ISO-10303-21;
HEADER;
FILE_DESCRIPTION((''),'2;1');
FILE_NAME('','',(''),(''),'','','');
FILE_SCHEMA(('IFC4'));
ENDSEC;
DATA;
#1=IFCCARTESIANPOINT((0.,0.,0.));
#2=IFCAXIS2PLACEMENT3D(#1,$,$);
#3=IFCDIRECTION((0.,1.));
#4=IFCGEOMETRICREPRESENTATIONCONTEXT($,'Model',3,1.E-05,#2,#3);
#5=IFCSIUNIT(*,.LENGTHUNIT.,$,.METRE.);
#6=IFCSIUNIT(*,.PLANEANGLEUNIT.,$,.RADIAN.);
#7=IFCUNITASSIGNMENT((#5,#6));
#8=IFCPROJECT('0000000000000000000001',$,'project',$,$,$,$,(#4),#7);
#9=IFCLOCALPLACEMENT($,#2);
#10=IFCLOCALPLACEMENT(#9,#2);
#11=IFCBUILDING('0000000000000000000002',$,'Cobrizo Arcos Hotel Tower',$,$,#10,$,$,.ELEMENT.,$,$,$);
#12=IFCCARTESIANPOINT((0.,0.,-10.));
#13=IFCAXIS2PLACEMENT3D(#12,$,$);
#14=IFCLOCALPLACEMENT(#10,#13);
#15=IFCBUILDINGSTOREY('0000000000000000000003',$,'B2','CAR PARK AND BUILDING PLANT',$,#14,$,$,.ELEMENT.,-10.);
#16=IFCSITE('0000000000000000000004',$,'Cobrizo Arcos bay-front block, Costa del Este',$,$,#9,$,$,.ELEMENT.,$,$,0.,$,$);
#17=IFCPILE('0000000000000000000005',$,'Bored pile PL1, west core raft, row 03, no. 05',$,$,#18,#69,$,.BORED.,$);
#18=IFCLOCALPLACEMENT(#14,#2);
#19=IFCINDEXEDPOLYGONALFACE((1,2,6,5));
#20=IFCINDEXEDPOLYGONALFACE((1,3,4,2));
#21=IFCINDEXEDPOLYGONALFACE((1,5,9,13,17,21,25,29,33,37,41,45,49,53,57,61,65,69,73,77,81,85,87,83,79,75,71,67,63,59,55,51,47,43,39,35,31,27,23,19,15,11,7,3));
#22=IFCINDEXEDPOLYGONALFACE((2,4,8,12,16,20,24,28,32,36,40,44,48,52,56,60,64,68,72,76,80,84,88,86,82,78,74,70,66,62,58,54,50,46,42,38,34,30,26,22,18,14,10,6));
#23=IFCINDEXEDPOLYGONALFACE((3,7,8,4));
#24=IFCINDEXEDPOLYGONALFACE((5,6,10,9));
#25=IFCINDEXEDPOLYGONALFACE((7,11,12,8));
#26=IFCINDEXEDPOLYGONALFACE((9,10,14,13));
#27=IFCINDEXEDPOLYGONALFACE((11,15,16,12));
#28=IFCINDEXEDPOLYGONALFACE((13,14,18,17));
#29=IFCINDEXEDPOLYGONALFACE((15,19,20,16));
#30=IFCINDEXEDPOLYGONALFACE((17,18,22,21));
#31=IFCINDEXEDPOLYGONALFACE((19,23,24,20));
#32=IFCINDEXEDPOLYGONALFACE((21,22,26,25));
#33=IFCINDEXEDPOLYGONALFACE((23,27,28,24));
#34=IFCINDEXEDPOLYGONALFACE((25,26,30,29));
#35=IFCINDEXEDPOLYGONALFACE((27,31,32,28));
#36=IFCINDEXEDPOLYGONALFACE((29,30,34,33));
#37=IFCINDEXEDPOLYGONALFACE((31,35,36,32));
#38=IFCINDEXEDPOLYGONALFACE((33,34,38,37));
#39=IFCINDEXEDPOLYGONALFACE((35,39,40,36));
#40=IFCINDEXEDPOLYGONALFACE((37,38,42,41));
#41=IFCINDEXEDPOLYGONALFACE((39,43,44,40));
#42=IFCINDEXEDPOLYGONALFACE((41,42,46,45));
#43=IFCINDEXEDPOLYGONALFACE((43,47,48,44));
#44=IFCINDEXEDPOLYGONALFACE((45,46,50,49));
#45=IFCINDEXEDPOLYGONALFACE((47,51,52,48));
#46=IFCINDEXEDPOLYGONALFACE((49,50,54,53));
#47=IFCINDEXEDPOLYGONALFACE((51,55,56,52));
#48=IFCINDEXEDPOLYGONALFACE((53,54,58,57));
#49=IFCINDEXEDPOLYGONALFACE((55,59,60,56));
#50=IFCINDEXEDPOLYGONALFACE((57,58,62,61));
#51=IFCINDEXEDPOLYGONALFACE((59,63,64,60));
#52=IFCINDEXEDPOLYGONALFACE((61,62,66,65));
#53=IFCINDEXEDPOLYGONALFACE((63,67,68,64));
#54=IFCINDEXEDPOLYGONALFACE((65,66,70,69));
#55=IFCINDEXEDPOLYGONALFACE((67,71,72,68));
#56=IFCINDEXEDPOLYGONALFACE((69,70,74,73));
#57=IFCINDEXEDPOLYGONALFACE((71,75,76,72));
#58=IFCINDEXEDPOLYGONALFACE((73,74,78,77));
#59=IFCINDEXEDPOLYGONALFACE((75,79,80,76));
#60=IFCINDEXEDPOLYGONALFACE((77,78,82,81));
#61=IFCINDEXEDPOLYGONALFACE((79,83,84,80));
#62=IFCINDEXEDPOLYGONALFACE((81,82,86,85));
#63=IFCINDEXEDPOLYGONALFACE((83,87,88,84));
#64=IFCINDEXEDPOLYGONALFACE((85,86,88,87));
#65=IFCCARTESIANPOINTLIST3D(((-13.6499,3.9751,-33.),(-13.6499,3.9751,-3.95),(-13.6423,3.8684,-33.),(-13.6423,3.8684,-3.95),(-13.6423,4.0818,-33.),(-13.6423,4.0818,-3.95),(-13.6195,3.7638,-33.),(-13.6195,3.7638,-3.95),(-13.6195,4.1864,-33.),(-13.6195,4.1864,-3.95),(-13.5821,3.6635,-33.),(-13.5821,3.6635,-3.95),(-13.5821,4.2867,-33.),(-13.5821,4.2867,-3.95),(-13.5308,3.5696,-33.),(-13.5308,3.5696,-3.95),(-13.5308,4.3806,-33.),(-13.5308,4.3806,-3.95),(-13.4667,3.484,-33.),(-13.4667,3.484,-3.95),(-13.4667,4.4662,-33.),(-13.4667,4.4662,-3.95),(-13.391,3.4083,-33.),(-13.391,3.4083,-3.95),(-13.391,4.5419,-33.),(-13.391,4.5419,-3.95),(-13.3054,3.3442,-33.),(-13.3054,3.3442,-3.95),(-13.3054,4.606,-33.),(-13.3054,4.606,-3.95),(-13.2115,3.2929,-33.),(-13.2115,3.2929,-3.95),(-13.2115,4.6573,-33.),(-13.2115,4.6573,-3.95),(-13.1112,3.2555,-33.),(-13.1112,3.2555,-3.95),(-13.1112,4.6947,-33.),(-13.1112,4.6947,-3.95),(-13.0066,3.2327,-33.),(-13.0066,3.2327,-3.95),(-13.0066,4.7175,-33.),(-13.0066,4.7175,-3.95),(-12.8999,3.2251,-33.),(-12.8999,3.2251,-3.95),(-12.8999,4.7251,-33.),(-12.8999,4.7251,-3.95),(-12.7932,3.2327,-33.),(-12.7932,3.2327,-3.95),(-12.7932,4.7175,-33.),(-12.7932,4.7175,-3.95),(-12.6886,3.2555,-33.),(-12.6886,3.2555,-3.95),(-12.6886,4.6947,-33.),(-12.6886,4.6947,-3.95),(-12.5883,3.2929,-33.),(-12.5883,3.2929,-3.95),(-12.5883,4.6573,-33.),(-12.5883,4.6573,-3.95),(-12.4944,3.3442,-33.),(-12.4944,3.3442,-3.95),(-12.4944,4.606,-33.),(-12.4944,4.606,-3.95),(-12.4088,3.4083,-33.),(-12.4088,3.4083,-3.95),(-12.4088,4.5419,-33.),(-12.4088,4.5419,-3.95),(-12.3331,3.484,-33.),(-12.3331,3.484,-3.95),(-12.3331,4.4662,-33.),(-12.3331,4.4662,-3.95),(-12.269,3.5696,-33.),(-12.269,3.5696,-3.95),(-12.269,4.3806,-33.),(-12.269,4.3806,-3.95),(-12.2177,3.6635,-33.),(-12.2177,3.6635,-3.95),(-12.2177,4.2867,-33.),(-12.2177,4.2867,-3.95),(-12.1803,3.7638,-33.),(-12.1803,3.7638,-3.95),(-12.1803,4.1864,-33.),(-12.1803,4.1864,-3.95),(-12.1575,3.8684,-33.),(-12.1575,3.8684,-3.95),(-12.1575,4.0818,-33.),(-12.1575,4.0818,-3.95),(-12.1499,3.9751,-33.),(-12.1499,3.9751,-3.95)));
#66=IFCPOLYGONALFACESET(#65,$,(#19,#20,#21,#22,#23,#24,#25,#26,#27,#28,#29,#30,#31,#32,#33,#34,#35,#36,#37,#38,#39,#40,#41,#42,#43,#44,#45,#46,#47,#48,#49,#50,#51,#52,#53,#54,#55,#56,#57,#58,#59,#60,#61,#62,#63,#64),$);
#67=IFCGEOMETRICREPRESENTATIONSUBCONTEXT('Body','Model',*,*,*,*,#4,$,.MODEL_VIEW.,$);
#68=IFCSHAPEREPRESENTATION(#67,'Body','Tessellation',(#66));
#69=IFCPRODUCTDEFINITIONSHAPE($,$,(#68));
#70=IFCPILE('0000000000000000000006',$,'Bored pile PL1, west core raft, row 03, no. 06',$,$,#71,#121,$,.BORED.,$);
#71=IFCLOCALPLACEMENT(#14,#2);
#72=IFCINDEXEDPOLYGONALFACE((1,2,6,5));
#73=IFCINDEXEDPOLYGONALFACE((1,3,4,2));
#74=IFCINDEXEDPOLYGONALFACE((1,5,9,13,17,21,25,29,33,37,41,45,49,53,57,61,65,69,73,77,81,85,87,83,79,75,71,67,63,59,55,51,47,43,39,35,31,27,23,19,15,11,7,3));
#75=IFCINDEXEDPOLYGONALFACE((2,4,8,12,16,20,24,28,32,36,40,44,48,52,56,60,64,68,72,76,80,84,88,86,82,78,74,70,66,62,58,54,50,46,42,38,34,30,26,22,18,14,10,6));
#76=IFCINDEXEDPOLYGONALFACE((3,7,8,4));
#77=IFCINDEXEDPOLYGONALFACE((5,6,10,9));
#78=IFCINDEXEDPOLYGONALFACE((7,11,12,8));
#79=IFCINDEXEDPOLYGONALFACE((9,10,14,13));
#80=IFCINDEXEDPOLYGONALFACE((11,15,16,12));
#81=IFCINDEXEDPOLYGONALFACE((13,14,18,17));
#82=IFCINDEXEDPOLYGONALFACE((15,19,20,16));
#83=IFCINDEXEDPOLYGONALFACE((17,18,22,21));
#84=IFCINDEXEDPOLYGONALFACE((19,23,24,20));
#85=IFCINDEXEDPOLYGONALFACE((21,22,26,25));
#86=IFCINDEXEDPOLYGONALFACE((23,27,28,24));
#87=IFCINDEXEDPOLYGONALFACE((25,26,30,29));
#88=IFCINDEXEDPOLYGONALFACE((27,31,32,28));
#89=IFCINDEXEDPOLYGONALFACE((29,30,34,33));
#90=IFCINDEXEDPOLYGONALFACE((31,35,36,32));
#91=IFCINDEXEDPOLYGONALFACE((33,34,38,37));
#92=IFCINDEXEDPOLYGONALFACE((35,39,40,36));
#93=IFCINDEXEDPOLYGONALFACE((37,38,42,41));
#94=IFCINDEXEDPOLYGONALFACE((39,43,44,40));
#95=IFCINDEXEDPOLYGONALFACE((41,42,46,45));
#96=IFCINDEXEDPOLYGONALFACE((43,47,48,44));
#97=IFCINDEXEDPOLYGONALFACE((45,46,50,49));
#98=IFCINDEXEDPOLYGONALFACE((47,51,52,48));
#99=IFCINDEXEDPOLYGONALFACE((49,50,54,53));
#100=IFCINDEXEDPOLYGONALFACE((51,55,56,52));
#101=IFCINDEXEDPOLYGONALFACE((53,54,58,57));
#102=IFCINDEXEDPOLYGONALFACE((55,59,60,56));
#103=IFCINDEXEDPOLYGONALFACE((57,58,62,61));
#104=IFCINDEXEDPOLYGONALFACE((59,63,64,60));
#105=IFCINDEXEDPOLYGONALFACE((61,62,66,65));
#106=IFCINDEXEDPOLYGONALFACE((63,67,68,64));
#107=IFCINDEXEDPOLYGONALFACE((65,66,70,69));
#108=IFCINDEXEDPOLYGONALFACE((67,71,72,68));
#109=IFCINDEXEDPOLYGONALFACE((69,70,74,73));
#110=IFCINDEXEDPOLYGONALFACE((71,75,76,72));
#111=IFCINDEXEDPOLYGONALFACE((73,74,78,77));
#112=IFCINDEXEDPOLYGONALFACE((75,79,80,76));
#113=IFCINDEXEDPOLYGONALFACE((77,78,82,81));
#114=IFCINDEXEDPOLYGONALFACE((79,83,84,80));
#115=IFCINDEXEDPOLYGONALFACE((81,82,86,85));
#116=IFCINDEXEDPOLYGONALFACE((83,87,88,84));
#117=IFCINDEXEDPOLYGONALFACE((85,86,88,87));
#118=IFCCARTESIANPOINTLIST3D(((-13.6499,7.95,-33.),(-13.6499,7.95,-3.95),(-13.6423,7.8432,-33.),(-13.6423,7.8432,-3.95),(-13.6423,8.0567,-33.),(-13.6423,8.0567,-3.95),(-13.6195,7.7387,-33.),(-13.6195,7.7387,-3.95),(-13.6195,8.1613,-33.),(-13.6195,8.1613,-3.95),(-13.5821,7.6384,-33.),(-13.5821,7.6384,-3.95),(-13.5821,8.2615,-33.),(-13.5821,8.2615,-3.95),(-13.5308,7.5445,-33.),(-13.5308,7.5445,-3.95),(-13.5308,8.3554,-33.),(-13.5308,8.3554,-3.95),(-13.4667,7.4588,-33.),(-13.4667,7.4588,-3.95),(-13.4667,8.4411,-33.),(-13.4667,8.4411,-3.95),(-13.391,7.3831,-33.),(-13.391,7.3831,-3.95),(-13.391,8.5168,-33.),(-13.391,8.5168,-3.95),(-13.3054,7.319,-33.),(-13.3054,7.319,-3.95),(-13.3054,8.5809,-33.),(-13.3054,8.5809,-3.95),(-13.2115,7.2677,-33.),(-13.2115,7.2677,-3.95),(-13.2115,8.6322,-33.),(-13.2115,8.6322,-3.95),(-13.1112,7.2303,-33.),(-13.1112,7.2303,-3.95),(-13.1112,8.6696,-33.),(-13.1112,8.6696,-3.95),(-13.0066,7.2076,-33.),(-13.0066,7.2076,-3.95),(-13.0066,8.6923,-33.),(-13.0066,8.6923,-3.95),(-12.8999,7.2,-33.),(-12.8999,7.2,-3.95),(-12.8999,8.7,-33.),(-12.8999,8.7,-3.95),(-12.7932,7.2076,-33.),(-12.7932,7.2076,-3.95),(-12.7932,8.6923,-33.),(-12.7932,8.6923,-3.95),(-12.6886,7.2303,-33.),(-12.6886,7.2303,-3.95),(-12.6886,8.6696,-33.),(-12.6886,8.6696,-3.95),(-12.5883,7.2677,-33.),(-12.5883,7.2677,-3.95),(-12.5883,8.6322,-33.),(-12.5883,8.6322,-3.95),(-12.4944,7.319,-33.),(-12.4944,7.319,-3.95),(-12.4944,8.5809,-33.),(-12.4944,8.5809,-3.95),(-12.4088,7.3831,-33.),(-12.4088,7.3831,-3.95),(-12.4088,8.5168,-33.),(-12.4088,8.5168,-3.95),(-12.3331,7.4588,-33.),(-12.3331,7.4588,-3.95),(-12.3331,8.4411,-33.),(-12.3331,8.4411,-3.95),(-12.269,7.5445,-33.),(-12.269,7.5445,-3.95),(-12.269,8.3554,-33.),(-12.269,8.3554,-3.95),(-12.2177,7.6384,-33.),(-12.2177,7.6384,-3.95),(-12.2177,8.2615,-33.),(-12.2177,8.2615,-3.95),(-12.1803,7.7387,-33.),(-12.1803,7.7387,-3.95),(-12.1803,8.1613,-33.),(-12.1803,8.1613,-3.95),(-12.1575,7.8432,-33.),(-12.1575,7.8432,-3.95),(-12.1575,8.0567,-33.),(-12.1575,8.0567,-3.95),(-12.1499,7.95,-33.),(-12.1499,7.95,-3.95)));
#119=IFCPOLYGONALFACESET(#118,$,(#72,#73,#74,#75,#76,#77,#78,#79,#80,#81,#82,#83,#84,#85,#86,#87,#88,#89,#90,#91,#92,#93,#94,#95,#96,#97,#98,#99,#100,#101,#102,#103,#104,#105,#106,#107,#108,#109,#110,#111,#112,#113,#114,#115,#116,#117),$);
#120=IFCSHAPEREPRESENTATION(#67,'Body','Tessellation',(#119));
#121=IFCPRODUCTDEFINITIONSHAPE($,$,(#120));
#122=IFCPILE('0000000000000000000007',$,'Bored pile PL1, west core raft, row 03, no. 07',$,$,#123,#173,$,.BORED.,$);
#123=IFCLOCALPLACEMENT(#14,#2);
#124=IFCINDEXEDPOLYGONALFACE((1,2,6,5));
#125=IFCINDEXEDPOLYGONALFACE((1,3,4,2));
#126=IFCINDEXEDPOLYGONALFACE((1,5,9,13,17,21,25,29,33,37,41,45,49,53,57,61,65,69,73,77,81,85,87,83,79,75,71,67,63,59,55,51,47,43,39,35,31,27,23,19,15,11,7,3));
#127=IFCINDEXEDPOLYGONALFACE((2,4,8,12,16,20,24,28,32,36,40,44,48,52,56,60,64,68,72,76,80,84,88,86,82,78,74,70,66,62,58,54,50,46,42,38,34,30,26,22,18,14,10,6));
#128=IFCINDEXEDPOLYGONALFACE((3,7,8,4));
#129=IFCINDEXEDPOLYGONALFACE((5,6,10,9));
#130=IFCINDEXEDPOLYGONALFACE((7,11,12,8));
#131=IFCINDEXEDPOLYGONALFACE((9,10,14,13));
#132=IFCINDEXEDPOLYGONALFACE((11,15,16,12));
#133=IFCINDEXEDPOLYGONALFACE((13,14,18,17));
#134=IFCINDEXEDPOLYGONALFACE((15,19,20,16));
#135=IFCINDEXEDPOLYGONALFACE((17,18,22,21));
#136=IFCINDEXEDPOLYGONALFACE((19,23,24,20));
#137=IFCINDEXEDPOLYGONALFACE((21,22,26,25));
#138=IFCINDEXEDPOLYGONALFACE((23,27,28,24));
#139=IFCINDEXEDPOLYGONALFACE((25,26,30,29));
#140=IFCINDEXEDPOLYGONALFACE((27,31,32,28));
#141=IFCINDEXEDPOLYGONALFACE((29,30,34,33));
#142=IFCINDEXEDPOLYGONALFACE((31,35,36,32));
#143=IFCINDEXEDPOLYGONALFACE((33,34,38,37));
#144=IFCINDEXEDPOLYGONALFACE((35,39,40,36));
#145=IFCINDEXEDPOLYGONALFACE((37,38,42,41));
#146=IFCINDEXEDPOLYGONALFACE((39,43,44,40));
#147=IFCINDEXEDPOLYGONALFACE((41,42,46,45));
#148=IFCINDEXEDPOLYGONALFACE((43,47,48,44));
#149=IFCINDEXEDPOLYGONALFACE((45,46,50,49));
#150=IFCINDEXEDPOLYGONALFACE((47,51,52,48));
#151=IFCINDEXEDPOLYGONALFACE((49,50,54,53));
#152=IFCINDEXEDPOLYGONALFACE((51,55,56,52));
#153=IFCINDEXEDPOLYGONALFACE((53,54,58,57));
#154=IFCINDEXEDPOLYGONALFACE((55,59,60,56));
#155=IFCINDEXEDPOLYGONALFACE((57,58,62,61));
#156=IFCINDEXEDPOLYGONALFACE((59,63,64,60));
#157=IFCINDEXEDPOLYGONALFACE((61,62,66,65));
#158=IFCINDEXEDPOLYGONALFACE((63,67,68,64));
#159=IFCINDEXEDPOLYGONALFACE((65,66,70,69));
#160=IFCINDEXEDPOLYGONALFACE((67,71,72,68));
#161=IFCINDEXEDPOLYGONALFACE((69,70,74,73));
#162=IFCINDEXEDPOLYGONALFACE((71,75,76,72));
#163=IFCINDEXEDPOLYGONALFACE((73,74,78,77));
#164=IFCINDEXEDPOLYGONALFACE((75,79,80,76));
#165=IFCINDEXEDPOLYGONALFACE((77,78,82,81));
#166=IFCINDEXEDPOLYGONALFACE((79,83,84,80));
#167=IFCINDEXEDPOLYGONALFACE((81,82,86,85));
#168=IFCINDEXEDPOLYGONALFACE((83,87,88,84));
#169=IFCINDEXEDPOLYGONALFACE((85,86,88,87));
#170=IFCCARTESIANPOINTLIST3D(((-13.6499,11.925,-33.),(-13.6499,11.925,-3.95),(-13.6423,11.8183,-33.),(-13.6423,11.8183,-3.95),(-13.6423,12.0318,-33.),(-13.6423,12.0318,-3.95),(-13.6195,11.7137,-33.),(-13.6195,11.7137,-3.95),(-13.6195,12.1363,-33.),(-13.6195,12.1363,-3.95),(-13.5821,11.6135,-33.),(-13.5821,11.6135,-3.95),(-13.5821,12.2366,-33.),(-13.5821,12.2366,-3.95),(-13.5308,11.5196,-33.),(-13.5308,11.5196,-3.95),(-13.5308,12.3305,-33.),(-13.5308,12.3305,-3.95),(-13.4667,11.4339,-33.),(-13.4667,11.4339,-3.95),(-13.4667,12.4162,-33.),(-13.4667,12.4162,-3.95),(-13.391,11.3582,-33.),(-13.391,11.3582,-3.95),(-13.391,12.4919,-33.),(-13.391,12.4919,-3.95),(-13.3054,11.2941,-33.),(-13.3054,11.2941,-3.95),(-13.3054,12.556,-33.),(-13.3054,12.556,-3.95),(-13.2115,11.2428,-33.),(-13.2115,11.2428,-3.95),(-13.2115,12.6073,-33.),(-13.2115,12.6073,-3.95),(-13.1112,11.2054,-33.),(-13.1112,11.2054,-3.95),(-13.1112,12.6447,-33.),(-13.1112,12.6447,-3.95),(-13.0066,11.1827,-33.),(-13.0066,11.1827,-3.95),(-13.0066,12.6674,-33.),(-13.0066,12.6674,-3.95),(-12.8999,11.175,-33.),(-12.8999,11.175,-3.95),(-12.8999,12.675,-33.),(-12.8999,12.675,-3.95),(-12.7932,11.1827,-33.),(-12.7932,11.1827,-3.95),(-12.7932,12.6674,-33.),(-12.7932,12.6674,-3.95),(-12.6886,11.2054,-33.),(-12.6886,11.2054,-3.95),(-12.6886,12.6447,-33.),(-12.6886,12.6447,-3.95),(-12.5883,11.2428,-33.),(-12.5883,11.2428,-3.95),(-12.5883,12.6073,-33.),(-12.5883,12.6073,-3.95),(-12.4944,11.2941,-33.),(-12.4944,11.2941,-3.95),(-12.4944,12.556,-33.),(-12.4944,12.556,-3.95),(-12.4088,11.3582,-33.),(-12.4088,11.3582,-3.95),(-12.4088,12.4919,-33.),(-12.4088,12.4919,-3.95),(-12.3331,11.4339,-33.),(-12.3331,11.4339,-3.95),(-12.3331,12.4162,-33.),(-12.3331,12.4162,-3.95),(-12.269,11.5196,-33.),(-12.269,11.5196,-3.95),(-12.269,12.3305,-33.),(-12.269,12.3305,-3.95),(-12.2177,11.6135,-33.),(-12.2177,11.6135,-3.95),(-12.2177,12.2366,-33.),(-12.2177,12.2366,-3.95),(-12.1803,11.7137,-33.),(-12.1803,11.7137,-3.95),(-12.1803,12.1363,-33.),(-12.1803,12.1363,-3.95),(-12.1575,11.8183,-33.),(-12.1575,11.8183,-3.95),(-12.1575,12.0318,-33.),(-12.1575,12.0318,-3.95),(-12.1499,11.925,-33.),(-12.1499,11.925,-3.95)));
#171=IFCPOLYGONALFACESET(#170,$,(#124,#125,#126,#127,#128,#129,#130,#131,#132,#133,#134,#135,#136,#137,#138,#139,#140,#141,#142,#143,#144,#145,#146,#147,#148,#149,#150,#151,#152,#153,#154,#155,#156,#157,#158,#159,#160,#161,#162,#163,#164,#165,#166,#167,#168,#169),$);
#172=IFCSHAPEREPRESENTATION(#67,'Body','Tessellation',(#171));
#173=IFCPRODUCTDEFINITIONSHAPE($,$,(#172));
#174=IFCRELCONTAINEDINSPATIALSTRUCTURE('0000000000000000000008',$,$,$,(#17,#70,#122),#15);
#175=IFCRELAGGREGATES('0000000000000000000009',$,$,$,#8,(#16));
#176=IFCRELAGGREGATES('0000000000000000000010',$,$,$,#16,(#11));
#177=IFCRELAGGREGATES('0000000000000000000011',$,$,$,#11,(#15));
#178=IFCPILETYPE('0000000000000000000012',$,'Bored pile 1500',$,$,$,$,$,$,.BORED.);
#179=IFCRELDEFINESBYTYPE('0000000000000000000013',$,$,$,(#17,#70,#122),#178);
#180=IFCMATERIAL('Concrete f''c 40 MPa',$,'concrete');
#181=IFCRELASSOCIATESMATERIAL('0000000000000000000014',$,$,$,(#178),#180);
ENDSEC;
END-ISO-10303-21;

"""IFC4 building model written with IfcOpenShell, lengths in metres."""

from ifc_helpers import new_model, si_unit, direction, frame, origin, origin_2d, place, context, subcontext, project, spatial, circle, extrude, material, material_profile, profile_set, type_object, element, save


model = new_model("IFC4")

# Units and contexts
model_context = context("Model", 3, precision=1e-05, world=origin(), true_north=direction((0.0, 1.0)))
body_context = subcontext(model_context, "Body", "Model", "MODEL_VIEW")
ifc_project = project(units=[si_unit("LENGTHUNIT", "METRE"), si_unit("PLANEANGLEUNIT", "RADIAN")], contexts=[model_context])

# Site, building, storey
site_placement = place(None, origin())
site = spatial("IfcSite", under=ifc_project, at=site_placement, Name="Cobrizo Arcos bay-front block, Costa del Este", CompositionType="ELEMENT", RefElevation=0.0)
building_placement = place(site_placement, origin())
building = spatial("IfcBuilding", under=site, at=building_placement, Name="Cobrizo Arcos Hotel Tower", CompositionType="ELEMENT")
storey_placement = place(building_placement, frame((0.0, 0.0, -10.0)))
storey = spatial("IfcBuildingStorey", under=building, at=storey_placement, Name="B2", Description="CAR PARK AND BUILDING PLANT", CompositionType="ELEMENT", Elevation=-10.0)

# Piles
ifc_material_1 = material(Name="Concrete f'c 40 MPa", Category="concrete")
ifc_material_profile_1 = material_profile(ifc_material_1, circle(Radius=0.75, at=origin_2d()), Name="BORED PILE 1500")
ifc_profile_set_1 = profile_set([ifc_material_profile_1], Name="Concrete f'c 40 MPa")
pile_type = type_object("IfcPileType", Name="Bored pile 1500", PredefinedType="BORED", material=ifc_profile_set_1)
for number, where, z_axis, x_axis, name in (
    (1, (-12.8999, 3.9751, -3.95), (0.0, 0.0, -1.0), (1.0, 0.0, 0.0), "Bored pile PL1, west core raft, row 03, no. 05"),
    (2, (-12.8999, 7.95, -3.95), (0.0, 0.0, -1.0), (1.0, 0.0, 0.0), "Bored pile PL1, west core raft, row 03, no. 06"),
    (3, (-12.8999, 11.925, -3.95), (0.0, 0.0, -1.0), (1.0, 0.0, 0.0), "Bored pile PL1, west core raft, row 03, no. 07"),
):
    element("IfcPile", number, at=place(storey_placement, frame(where, z_axis=z_axis, x_axis=x_axis)), inside=storey, type_object=pile_type, Name=name, PredefinedType="BORED", context=body_context, shape_type="SweptSolid", body=[
        extrude(circle(Radius=0.75, at=origin_2d()), origin(), (0.0, 0.0, 1.0), 29.05),
    ])

save(model, "model.ifc")
